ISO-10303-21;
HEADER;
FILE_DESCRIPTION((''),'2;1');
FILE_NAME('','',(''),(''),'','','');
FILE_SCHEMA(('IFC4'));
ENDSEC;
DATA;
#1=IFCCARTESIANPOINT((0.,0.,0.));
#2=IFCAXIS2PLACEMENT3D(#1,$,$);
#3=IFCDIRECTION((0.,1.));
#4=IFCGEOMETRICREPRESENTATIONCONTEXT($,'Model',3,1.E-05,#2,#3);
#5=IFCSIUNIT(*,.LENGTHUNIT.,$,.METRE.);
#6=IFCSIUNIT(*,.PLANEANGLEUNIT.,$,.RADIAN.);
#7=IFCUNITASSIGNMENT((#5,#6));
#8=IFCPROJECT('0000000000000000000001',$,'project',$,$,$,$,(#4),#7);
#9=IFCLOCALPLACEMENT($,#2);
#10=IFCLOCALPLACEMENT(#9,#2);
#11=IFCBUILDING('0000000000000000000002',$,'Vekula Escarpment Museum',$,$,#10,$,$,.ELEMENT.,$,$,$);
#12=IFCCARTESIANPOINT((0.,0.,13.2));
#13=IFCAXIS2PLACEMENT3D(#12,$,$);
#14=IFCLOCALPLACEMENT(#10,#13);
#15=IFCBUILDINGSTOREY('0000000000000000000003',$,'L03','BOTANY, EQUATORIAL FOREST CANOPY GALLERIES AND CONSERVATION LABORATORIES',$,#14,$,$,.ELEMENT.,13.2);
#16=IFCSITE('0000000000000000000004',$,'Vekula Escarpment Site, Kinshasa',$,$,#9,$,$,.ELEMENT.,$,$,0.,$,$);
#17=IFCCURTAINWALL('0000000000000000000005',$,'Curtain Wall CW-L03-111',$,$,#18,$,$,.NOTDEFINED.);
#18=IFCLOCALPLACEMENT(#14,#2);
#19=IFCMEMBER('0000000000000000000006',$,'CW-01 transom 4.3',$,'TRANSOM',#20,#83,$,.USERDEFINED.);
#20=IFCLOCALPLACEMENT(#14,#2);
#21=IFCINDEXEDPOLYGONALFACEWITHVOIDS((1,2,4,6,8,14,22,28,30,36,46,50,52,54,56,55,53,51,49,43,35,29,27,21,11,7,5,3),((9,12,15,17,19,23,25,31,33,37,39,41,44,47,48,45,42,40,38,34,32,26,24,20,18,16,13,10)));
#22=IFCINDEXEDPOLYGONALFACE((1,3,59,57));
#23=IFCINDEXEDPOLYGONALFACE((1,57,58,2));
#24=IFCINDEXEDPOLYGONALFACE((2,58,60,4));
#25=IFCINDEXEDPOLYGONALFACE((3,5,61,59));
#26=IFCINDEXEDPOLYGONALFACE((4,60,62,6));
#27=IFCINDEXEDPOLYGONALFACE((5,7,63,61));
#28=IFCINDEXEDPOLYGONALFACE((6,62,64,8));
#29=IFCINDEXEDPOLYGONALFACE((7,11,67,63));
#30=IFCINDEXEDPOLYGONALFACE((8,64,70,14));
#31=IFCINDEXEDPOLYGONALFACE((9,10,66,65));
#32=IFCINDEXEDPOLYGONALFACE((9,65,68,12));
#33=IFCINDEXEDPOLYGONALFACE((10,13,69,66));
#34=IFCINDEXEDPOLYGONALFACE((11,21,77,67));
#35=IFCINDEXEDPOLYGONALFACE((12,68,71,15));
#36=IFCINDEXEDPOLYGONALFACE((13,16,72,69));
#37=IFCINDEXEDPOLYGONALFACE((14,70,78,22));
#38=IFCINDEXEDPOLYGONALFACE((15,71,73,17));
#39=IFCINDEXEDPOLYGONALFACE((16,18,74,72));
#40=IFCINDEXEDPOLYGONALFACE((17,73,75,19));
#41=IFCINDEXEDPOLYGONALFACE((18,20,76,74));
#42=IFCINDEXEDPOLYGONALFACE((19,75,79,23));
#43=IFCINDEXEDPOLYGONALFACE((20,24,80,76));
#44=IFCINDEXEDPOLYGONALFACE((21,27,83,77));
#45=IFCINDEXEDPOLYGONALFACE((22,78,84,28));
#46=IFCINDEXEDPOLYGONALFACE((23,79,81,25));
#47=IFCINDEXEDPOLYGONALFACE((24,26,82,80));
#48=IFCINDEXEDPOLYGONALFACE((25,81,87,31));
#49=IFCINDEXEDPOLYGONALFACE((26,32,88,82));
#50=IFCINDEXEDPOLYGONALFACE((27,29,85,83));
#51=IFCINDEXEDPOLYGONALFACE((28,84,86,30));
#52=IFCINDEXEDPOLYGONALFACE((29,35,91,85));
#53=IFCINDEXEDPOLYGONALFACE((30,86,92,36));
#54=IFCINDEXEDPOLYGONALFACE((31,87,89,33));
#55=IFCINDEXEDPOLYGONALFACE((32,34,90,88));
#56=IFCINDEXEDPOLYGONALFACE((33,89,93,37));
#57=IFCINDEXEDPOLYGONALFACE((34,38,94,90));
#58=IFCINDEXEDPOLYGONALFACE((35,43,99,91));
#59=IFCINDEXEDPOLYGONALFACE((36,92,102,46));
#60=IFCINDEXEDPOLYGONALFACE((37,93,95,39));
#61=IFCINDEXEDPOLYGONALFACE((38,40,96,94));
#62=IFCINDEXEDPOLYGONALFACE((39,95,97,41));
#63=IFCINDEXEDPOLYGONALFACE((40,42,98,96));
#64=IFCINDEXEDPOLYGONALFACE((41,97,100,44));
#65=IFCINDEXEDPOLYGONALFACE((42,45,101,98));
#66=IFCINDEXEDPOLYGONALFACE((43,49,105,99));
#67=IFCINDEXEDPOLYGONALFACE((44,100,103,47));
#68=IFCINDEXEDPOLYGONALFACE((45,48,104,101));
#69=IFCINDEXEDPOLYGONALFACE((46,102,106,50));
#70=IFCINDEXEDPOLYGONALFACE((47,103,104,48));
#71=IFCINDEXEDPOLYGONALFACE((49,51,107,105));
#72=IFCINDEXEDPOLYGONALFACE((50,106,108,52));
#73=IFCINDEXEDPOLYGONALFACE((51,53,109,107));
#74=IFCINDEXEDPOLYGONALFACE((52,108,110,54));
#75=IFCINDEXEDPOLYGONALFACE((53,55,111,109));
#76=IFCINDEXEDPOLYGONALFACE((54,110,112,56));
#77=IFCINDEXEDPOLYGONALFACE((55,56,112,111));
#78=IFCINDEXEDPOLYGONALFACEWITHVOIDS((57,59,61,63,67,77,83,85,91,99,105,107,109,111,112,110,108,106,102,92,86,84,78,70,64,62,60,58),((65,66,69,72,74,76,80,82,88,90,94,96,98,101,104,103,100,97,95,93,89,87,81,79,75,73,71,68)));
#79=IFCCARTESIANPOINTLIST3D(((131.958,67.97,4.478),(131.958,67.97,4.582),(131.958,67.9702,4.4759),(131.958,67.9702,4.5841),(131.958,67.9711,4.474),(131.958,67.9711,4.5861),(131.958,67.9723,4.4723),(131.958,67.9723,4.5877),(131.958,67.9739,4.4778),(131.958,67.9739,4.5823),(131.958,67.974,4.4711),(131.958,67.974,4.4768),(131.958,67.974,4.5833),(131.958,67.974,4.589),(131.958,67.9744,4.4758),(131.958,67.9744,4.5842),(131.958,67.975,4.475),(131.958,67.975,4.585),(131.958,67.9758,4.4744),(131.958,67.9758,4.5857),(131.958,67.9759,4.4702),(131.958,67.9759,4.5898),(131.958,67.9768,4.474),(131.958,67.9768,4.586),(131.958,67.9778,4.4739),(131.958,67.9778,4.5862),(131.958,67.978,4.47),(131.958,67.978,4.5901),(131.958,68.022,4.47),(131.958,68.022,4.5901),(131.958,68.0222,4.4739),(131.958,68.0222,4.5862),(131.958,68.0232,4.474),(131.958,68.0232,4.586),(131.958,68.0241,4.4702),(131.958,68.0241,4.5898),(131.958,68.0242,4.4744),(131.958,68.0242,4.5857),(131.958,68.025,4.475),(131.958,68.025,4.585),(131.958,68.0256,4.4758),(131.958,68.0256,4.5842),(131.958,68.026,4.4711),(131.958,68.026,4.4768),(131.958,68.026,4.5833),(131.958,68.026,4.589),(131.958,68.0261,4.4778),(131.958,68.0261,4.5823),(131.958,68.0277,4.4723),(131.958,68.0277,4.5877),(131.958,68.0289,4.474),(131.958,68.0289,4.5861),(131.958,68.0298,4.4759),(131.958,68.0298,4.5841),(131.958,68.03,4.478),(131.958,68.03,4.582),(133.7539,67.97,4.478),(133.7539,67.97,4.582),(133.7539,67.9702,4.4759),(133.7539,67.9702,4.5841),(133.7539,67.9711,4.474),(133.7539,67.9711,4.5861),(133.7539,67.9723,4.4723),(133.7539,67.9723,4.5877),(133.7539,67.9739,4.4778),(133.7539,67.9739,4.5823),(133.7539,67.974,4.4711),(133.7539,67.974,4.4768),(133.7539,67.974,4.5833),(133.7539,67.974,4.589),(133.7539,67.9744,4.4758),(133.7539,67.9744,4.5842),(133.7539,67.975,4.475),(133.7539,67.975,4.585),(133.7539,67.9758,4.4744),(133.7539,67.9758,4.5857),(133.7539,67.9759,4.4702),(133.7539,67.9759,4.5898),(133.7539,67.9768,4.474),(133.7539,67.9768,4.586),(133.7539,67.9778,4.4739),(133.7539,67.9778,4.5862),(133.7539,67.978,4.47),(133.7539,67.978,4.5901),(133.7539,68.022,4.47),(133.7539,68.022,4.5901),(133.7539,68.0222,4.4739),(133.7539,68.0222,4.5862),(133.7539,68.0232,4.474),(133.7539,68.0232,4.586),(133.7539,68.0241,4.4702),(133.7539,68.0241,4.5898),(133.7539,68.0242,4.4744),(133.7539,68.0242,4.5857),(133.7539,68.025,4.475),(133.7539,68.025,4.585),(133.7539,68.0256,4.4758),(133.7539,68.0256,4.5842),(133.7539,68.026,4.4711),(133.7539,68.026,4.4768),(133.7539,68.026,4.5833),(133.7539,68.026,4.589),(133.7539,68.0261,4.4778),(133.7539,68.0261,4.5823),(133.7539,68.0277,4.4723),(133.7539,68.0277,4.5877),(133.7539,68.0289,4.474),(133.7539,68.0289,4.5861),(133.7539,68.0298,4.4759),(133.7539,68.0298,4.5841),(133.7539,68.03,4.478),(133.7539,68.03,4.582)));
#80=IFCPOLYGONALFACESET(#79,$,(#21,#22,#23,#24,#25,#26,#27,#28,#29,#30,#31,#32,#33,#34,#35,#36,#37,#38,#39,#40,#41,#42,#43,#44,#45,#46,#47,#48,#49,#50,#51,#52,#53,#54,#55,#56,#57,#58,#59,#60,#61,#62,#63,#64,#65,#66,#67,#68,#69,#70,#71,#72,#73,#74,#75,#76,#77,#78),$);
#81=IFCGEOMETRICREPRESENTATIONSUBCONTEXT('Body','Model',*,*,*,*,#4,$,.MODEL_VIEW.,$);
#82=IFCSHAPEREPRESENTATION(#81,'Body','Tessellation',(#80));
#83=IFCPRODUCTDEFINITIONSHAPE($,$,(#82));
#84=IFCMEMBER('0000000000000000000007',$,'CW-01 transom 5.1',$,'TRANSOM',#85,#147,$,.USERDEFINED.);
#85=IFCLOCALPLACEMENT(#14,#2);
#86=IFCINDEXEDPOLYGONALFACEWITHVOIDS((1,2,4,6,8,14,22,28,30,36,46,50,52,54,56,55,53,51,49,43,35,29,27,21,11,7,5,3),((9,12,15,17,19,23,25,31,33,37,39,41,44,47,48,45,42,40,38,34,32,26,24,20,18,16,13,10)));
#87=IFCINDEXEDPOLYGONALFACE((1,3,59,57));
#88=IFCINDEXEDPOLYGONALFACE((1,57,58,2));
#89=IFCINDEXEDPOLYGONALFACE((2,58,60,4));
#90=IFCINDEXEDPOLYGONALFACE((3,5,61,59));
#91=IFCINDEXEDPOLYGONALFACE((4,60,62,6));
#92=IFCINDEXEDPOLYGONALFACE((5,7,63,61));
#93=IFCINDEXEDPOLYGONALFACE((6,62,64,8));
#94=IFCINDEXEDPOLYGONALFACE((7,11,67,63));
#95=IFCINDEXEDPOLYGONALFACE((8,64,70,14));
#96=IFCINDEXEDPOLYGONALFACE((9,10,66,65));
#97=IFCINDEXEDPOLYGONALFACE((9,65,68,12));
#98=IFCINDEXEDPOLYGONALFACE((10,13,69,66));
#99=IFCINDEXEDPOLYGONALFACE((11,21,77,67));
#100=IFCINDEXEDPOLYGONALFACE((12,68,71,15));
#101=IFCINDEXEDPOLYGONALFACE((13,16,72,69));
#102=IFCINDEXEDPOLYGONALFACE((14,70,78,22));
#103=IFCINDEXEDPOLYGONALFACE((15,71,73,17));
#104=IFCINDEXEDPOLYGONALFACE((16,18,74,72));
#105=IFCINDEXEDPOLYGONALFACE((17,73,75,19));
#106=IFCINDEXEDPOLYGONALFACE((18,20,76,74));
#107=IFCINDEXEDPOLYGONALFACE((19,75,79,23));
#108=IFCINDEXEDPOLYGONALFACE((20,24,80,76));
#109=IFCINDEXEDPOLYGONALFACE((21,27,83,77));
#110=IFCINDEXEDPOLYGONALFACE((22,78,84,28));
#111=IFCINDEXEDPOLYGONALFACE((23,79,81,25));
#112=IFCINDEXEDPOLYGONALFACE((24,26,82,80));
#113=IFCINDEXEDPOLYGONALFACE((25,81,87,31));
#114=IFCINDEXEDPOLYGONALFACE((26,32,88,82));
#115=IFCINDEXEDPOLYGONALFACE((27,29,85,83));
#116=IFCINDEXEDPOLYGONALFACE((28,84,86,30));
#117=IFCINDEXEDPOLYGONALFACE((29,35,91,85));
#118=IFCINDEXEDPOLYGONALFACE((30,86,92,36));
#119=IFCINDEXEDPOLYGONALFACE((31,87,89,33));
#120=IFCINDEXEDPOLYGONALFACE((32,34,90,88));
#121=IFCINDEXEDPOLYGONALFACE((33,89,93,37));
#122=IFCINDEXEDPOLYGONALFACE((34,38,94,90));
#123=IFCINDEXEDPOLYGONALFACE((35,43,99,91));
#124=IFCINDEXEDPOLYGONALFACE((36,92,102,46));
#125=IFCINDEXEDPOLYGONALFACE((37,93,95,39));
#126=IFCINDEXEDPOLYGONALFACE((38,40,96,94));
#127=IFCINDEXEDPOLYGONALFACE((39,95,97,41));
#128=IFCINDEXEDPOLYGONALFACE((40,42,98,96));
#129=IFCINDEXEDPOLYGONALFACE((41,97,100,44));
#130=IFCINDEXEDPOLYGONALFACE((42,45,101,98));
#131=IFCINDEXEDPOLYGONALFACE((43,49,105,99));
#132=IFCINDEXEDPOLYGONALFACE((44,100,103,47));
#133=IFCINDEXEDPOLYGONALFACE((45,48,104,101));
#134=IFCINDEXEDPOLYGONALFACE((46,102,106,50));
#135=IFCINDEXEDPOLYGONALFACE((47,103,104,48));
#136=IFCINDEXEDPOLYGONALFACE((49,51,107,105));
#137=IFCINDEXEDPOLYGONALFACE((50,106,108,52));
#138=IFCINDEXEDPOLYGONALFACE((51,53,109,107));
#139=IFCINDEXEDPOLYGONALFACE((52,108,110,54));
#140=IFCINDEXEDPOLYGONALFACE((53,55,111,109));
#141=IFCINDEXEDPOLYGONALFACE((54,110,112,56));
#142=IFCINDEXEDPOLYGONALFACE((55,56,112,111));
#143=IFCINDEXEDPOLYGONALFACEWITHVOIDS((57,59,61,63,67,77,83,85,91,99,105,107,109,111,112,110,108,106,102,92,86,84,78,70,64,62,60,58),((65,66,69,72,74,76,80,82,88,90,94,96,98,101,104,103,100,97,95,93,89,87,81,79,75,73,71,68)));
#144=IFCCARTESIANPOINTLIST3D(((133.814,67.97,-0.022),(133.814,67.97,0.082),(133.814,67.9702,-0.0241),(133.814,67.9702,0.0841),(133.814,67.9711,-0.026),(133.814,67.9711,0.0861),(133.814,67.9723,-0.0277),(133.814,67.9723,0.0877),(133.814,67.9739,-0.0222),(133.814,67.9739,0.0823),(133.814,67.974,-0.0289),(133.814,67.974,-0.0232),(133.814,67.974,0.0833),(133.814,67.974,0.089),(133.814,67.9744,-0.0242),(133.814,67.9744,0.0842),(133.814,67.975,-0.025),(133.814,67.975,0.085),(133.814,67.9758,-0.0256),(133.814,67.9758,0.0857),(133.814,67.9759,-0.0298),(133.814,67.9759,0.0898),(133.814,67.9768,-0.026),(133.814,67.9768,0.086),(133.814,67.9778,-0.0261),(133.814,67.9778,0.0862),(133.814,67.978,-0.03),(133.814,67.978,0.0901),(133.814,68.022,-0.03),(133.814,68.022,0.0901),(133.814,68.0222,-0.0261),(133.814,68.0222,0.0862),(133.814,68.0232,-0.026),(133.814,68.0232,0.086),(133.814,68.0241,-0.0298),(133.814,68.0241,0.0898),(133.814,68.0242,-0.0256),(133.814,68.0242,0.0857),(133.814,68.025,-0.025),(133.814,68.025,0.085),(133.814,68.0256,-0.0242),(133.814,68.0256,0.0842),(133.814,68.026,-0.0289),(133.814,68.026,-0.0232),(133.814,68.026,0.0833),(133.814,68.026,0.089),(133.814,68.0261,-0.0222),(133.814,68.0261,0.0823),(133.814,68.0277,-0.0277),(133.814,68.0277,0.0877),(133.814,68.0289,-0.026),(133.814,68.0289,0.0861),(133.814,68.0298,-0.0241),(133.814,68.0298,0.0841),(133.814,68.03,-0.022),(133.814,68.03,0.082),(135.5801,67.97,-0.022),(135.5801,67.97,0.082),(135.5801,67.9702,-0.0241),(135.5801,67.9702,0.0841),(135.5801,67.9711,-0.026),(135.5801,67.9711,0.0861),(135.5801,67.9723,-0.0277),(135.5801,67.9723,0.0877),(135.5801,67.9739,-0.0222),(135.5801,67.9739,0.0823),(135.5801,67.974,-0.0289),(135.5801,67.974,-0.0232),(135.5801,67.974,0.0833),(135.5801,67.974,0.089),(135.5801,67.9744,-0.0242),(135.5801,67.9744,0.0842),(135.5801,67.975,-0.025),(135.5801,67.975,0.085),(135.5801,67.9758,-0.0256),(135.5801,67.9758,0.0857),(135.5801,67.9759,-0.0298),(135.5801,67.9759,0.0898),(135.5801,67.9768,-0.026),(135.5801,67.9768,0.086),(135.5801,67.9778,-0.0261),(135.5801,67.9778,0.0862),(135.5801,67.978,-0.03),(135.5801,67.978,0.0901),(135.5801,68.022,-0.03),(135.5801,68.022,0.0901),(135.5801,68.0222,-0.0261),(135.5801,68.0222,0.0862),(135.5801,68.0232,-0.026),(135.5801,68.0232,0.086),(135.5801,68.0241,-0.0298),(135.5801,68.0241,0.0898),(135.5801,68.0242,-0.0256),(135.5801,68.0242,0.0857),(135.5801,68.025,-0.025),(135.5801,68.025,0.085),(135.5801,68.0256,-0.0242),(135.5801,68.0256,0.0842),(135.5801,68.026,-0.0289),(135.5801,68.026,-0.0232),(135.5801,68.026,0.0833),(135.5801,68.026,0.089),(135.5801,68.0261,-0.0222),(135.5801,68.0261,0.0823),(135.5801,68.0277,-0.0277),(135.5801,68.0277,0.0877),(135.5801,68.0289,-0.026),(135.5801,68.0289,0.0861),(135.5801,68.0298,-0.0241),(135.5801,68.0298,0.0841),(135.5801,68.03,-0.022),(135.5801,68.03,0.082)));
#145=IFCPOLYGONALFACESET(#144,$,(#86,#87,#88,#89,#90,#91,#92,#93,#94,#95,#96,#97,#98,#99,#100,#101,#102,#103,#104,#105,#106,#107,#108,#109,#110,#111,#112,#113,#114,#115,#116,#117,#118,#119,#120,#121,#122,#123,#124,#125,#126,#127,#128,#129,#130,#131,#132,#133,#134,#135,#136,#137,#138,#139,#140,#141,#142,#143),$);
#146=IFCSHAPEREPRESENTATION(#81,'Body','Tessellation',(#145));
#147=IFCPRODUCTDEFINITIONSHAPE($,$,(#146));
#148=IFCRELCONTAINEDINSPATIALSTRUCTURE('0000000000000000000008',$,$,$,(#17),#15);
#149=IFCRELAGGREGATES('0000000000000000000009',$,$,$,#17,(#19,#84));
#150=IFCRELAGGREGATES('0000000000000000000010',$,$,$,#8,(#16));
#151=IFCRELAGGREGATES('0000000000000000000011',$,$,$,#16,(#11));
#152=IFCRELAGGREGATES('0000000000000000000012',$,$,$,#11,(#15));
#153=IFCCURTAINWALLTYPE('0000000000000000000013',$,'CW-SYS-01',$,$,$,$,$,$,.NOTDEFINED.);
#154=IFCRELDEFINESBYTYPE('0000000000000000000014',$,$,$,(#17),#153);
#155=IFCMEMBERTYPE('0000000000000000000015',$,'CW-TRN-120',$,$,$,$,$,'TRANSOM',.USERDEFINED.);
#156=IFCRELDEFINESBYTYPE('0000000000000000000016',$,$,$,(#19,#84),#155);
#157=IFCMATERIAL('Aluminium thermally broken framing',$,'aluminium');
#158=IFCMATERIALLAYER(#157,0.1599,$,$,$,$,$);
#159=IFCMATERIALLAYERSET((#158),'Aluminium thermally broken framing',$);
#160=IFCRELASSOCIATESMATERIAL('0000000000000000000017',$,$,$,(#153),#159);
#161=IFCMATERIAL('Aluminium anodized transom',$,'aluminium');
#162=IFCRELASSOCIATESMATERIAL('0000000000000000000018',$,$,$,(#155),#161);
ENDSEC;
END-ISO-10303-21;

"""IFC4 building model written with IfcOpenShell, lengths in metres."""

from ifc_helpers import new_model, si_unit, direction, frame, origin, origin_2d, place, context, subcontext, project, spatial, hollow_rectangle, extrude, material, layer, layer_set, material_profile, profile_set, type_object, element, aggregate, save


model = new_model("IFC4")

# Units and contexts
model_context = context("Model", 3, precision=1e-05, world=origin(), true_north=direction((0.0, 1.0)))
body_context = subcontext(model_context, "Body", "Model", "MODEL_VIEW")
ifc_project = project(units=[si_unit("LENGTHUNIT", "METRE"), si_unit("PLANEANGLEUNIT", "RADIAN")], contexts=[model_context])

# Site, building, storey
site_placement = place(None, origin())
site = spatial("IfcSite", under=ifc_project, at=site_placement, Name="Vekula Escarpment Site, Kinshasa", CompositionType="ELEMENT", RefElevation=0.0)
building_placement = place(site_placement, origin())
building = spatial("IfcBuilding", under=site, at=building_placement, Name="Vekula Escarpment Museum", CompositionType="ELEMENT")
storey_placement = place(building_placement, frame((0.0, 0.0, 13.2)))
storey = spatial("IfcBuildingStorey", under=building, at=storey_placement, Name="L03", Description="BOTANY, EQUATORIAL FOREST CANOPY GALLERIES AND CONSERVATION LABORATORIES", CompositionType="ELEMENT", Elevation=13.2)

# Curtain wall, members
ifc_material_1 = material(Name="Aluminium thermally broken framing", Category="aluminium")
ifc_layer_1 = layer(ifc_material_1, 0.1599)
ifc_layer_set_1 = layer_set([ifc_layer_1], Name="Aluminium thermally broken framing")
curtain_wall_type = type_object("IfcCurtainWallType", Name="CW-SYS-01", PredefinedType="NOTDEFINED", material=ifc_layer_set_1)
curtain_wall_placement = place(storey_placement, origin())
curtain_wall = element("IfcCurtainWall", 1, at=curtain_wall_placement, inside=storey, type_object=curtain_wall_type, Name="Curtain Wall CW-L03-111", PredefinedType="NOTDEFINED")
ifc_material_2 = material(Name="Aluminium anodized transom", Category="aluminium")
ifc_material_profile_1 = material_profile(ifc_material_2, hollow_rectangle(XDim=0.0601, YDim=0.1201, WallThickness=0.0039, InnerFilletRadius=0.0039, OuterFilletRadius=0.0081, at=origin_2d()), Name="ALU 120x60x4")
ifc_profile_set_1 = profile_set([ifc_material_profile_1], Name="Aluminium anodized transom")
member_type_1 = type_object("IfcMemberType", Name="CW-TRN-120", ElementType="TRANSOM", PredefinedType="USERDEFINED", material=ifc_profile_set_1)
member_1_placement = place(storey_placement, frame((131.958, 68.0, 4.53), z_axis=(1.0, 0.0, 0.0), x_axis=(0.0, 1.0, 0.0)))
member_1 = element("IfcMember", 2, at=member_1_placement, type_object=member_type_1, Name="CW-01 transom 4.3", ObjectType="TRANSOM", PredefinedType="USERDEFINED", context=body_context, shape_type="SweptSolid", body=[
    extrude(hollow_rectangle(XDim=0.0601, YDim=0.1201, WallThickness=0.0039, InnerFilletRadius=0.0039, OuterFilletRadius=0.0081, at=origin_2d()), origin(), (0.0, 0.0, 1.0), 1.7959),
])
member_2_placement = place(storey_placement, frame((133.814, 68.0, 0.03), z_axis=(1.0, 0.0, 0.0), x_axis=(0.0, 1.0, 0.0)))
member_2 = element("IfcMember", 3, at=member_2_placement, type_object=member_type_1, Name="CW-01 transom 5.1", ObjectType="TRANSOM", PredefinedType="USERDEFINED", context=body_context, shape_type="SweptSolid", body=[
    extrude(hollow_rectangle(XDim=0.0601, YDim=0.1201, WallThickness=0.0039, InnerFilletRadius=0.0039, OuterFilletRadius=0.0081, at=origin_2d()), origin(), (0.0, 0.0, 1.0), 1.7661),
])
aggregate(curtain_wall, [member_1, member_2])

save(model, "model.ifc")
